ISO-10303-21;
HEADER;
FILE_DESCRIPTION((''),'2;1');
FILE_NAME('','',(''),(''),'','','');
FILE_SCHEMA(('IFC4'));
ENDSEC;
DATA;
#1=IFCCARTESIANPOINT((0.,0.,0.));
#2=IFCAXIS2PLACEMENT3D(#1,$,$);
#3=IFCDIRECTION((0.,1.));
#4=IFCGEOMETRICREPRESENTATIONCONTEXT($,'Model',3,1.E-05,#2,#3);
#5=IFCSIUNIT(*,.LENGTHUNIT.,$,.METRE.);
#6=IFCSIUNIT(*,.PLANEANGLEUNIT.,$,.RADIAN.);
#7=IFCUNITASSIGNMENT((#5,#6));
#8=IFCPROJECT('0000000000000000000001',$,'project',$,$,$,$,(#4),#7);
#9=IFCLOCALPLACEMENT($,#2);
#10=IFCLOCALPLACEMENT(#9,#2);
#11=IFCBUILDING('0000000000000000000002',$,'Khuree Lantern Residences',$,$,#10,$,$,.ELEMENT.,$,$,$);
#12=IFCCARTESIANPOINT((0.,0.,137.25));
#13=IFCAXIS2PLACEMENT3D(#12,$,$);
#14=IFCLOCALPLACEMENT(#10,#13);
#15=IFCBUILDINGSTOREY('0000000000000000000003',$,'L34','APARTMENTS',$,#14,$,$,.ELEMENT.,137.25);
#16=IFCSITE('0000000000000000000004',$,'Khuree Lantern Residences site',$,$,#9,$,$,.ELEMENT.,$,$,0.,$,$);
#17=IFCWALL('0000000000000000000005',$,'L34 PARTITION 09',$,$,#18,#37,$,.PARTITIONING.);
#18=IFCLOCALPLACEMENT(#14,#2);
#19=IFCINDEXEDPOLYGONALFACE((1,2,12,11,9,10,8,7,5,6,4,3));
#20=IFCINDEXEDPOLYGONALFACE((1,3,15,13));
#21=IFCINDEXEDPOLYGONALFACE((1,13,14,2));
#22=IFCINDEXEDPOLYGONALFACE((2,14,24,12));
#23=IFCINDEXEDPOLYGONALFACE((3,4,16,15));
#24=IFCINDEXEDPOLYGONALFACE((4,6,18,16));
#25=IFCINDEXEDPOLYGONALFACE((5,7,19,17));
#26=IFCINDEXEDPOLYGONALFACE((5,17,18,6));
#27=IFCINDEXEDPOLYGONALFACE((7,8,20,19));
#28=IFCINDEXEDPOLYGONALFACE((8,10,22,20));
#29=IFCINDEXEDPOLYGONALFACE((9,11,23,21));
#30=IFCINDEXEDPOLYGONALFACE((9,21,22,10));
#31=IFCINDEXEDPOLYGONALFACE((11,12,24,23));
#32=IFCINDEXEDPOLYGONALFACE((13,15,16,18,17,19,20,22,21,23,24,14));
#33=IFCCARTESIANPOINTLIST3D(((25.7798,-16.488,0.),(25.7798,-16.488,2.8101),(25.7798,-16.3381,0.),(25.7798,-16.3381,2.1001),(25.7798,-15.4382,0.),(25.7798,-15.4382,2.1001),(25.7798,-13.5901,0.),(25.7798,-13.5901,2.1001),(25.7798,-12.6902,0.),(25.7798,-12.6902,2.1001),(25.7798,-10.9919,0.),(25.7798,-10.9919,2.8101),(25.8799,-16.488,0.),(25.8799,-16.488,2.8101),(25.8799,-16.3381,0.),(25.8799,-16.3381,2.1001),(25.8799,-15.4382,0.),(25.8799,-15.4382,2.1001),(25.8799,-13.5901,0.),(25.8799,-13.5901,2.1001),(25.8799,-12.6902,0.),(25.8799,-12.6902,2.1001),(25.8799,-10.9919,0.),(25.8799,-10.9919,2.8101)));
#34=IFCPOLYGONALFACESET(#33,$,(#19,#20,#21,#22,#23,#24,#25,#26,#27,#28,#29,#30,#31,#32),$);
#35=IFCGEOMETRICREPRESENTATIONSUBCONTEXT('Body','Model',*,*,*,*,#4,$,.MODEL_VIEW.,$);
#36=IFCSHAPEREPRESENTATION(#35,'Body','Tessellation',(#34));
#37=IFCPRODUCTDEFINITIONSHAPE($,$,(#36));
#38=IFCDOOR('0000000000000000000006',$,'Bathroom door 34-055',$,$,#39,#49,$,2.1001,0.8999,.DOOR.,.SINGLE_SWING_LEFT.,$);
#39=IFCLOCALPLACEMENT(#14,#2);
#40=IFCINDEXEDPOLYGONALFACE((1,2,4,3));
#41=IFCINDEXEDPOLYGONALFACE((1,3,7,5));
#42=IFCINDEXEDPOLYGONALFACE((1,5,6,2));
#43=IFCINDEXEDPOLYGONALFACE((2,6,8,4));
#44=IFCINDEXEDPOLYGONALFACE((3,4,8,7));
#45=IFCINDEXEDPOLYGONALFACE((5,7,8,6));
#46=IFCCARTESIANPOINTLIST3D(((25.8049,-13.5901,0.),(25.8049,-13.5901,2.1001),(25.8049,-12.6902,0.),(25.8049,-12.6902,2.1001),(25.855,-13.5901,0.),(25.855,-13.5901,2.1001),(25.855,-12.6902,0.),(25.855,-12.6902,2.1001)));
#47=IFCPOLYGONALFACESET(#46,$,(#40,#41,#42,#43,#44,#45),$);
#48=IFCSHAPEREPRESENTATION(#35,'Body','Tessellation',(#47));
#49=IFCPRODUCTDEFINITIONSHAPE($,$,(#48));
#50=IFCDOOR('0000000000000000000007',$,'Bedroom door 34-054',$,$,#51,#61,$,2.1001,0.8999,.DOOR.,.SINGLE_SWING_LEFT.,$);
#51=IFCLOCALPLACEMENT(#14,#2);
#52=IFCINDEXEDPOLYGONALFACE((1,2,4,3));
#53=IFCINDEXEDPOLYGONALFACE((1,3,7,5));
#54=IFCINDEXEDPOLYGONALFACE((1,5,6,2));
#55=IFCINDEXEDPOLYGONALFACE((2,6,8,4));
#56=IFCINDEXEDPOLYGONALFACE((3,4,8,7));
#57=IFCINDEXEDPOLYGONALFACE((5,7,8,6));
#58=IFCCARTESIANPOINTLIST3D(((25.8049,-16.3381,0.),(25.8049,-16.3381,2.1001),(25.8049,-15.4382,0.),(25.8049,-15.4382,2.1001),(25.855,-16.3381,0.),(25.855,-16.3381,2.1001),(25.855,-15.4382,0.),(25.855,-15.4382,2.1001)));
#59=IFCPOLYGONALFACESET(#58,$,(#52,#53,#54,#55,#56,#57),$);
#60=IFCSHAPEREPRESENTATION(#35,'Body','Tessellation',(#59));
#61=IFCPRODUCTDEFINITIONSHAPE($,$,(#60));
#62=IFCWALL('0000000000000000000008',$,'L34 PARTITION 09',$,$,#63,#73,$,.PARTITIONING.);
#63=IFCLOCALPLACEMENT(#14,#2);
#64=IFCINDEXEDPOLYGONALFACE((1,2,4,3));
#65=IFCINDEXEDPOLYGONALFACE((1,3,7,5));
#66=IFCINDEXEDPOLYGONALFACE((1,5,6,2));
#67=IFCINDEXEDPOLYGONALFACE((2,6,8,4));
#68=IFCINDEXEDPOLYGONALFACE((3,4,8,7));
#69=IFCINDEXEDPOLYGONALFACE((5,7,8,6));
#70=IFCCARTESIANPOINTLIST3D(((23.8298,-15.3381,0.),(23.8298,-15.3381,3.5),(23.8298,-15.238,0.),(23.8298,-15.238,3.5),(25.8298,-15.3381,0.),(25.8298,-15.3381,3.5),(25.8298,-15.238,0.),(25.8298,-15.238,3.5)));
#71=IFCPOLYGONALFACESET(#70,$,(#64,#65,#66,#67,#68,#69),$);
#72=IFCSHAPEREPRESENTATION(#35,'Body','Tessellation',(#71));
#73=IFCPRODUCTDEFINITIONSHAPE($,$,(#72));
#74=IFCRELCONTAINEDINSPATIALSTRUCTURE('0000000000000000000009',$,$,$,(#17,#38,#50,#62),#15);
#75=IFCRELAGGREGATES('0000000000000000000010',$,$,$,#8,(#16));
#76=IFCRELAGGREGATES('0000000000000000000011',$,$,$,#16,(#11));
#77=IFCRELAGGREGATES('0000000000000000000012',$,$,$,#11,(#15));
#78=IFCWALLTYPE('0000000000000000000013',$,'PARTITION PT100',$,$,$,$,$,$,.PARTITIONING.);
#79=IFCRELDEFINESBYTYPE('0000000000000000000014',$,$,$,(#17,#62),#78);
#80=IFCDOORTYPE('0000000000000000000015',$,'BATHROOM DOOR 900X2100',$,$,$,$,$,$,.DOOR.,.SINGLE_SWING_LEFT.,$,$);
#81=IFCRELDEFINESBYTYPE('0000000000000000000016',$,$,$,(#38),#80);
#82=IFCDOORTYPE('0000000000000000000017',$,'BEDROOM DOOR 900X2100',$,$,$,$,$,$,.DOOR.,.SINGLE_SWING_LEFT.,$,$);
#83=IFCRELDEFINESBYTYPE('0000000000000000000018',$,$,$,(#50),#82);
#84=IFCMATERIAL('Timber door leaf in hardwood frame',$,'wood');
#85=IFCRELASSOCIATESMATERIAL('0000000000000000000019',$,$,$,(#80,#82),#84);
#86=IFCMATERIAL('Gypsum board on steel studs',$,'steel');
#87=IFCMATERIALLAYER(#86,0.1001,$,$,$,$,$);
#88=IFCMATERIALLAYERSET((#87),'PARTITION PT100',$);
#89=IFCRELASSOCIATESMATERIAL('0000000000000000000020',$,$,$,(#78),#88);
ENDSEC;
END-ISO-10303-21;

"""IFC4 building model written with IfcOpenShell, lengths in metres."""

from ifc_helpers import new_model, si_unit, direction, frame, frame_2d, origin, place, context, subcontext, project, spatial, rectangle, extrude, material, layer, layer_set, type_object, element, fill, save


model = new_model("IFC4")

# Units and contexts
model_context = context("Model", 3, precision=1e-05, world=origin(), true_north=direction((0.0, 1.0)))
body_context = subcontext(model_context, "Body", "Model", "MODEL_VIEW")
ifc_project = project(units=[si_unit("LENGTHUNIT", "METRE"), si_unit("PLANEANGLEUNIT", "RADIAN")], contexts=[model_context])

# Site, building, storey
site_placement = place(None, origin())
site = spatial("IfcSite", under=ifc_project, at=site_placement, Name="Khuree Lantern Residences site", CompositionType="ELEMENT", RefElevation=0.0)
building_placement = place(site_placement, origin())
building = spatial("IfcBuilding", under=site, at=building_placement, Name="Khuree Lantern Residences", CompositionType="ELEMENT")
storey_placement = place(building_placement, frame((0.0, 0.0, 137.25)))
storey = spatial("IfcBuildingStorey", under=building, at=storey_placement, Name="L34", Description="APARTMENTS", CompositionType="ELEMENT", Elevation=137.25)

# Shared definitions
ifc_material_1 = material(Name="Timber door leaf in hardwood frame", Category="wood")
door_type_1 = type_object("IfcDoorType", Name="BATHROOM DOOR 900X2100", OperationType="SINGLE_SWING_LEFT", PredefinedType="DOOR", material=ifc_material_1)

# Shared definitions
ifc_material_2 = material(Name="Gypsum board on steel studs", Category="steel")

# Shared definitions
ifc_layer_1 = layer(ifc_material_2, 0.1001)
ifc_layer_set_1 = layer_set([ifc_layer_1], Name="PARTITION PT100")
wall_type_1 = type_object("IfcWallType", Name="PARTITION PT100", PredefinedType="PARTITIONING", material=ifc_layer_set_1)

# Shared definitions
door_type_2 = type_object("IfcDoorType", Name="BEDROOM DOOR 900X2100", OperationType="SINGLE_SWING_LEFT", PredefinedType="DOOR", material=ifc_material_1)

# Wall, openings, doors
wall_1_placement = place(storey_placement, frame((25.8298, -16.488, 0.0), z_axis=(0.0, 0.0, 1.0), x_axis=(0.0, 1.0, 0.0)))
wall_1 = element("IfcWall", 1, at=wall_1_placement, inside=storey, type_object=wall_type_1, Name="L34 PARTITION 09", PredefinedType="PARTITIONING", context=body_context, shape_type="SweptSolid", body=[
    extrude(rectangle(XDim=5.4961, YDim=0.1001, at=frame_2d((2.748, 0.0))), origin(), (0.0, 0.0, 1.0), 2.8101),
])
opening_1_placement = place(wall_1_placement, frame((0.1499, 0.0, 0.0)))
opening_1 = element("IfcOpeningElement", 2, at=opening_1_placement, cuts=wall_1, PredefinedType="OPENING", context=body_context, shape_type="SweptSolid", body=[
    extrude(rectangle(XDim=0.8999, YDim=2.1001, at=frame_2d((0.45, 1.05))), frame((0.0, 0.0601, 0.0), z_axis=(0.0, -1.0, 0.0), x_axis=(1.0, 0.0, 0.0)), (0.0, 0.0, 1.0), 0.1201),
])
opening_2_placement = place(wall_1_placement, frame((2.8979, 0.0, 0.0)))
opening_2 = element("IfcOpeningElement", 3, at=opening_2_placement, cuts=wall_1, PredefinedType="OPENING", context=body_context, shape_type="SweptSolid", body=[
    extrude(rectangle(XDim=0.8999, YDim=2.1001, at=frame_2d((0.45, 1.05))), frame((0.0, 0.0601, 0.0), z_axis=(0.0, -1.0, 0.0), x_axis=(1.0, 0.0, 0.0)), (0.0, 0.0, 1.0), 0.1201),
])
door_1_placement = place(opening_2_placement, origin())
door_1 = element("IfcDoor", 4, at=door_1_placement, inside=storey, type_object=door_type_1, Name="Bathroom door 34-055", OperationType="SINGLE_SWING_LEFT", OverallHeight=2.1001, OverallWidth=0.8999, PredefinedType="DOOR", context=body_context, shape_type="SweptSolid", body=[
    extrude(rectangle(XDim=0.8999, YDim=2.1001, at=frame_2d((0.45, 1.05))), frame((0.0, 0.0249, 0.0), z_axis=(0.0, -1.0, 0.0), x_axis=(1.0, 0.0, 0.0)), (0.0, 0.0, 1.0), 0.05),
])
fill(opening_2, door_1)
door_2_placement = place(opening_1_placement, origin())
door_2 = element("IfcDoor", 5, at=door_2_placement, inside=storey, type_object=door_type_2, Name="Bedroom door 34-054", OperationType="SINGLE_SWING_LEFT", OverallHeight=2.1001, OverallWidth=0.8999, PredefinedType="DOOR", context=body_context, shape_type="SweptSolid", body=[
    extrude(rectangle(XDim=0.8999, YDim=2.1001, at=frame_2d((0.45, 1.05))), frame((0.0, 0.0249, 0.0), z_axis=(0.0, -1.0, 0.0), x_axis=(1.0, 0.0, 0.0)), (0.0, 0.0, 1.0), 0.05),
])
fill(opening_1, door_2)

# Wall
wall_2_placement = place(storey_placement, frame((23.8298, -15.2881, 0.0), z_axis=(0.0, 0.0, 1.0), x_axis=(1.0, 0.0, 0.0)))
element("IfcWall", 6, at=wall_2_placement, inside=storey, type_object=wall_type_1, Name="L34 PARTITION 09", PredefinedType="PARTITIONING", context=body_context, shape_type="SweptSolid", body=[
    extrude(rectangle(XDim=2.0, YDim=0.1001, at=frame_2d((1.0, 0.0))), origin(), (0.0, 0.0, 1.0), 3.5),
])

save(model, "model.ifc")
